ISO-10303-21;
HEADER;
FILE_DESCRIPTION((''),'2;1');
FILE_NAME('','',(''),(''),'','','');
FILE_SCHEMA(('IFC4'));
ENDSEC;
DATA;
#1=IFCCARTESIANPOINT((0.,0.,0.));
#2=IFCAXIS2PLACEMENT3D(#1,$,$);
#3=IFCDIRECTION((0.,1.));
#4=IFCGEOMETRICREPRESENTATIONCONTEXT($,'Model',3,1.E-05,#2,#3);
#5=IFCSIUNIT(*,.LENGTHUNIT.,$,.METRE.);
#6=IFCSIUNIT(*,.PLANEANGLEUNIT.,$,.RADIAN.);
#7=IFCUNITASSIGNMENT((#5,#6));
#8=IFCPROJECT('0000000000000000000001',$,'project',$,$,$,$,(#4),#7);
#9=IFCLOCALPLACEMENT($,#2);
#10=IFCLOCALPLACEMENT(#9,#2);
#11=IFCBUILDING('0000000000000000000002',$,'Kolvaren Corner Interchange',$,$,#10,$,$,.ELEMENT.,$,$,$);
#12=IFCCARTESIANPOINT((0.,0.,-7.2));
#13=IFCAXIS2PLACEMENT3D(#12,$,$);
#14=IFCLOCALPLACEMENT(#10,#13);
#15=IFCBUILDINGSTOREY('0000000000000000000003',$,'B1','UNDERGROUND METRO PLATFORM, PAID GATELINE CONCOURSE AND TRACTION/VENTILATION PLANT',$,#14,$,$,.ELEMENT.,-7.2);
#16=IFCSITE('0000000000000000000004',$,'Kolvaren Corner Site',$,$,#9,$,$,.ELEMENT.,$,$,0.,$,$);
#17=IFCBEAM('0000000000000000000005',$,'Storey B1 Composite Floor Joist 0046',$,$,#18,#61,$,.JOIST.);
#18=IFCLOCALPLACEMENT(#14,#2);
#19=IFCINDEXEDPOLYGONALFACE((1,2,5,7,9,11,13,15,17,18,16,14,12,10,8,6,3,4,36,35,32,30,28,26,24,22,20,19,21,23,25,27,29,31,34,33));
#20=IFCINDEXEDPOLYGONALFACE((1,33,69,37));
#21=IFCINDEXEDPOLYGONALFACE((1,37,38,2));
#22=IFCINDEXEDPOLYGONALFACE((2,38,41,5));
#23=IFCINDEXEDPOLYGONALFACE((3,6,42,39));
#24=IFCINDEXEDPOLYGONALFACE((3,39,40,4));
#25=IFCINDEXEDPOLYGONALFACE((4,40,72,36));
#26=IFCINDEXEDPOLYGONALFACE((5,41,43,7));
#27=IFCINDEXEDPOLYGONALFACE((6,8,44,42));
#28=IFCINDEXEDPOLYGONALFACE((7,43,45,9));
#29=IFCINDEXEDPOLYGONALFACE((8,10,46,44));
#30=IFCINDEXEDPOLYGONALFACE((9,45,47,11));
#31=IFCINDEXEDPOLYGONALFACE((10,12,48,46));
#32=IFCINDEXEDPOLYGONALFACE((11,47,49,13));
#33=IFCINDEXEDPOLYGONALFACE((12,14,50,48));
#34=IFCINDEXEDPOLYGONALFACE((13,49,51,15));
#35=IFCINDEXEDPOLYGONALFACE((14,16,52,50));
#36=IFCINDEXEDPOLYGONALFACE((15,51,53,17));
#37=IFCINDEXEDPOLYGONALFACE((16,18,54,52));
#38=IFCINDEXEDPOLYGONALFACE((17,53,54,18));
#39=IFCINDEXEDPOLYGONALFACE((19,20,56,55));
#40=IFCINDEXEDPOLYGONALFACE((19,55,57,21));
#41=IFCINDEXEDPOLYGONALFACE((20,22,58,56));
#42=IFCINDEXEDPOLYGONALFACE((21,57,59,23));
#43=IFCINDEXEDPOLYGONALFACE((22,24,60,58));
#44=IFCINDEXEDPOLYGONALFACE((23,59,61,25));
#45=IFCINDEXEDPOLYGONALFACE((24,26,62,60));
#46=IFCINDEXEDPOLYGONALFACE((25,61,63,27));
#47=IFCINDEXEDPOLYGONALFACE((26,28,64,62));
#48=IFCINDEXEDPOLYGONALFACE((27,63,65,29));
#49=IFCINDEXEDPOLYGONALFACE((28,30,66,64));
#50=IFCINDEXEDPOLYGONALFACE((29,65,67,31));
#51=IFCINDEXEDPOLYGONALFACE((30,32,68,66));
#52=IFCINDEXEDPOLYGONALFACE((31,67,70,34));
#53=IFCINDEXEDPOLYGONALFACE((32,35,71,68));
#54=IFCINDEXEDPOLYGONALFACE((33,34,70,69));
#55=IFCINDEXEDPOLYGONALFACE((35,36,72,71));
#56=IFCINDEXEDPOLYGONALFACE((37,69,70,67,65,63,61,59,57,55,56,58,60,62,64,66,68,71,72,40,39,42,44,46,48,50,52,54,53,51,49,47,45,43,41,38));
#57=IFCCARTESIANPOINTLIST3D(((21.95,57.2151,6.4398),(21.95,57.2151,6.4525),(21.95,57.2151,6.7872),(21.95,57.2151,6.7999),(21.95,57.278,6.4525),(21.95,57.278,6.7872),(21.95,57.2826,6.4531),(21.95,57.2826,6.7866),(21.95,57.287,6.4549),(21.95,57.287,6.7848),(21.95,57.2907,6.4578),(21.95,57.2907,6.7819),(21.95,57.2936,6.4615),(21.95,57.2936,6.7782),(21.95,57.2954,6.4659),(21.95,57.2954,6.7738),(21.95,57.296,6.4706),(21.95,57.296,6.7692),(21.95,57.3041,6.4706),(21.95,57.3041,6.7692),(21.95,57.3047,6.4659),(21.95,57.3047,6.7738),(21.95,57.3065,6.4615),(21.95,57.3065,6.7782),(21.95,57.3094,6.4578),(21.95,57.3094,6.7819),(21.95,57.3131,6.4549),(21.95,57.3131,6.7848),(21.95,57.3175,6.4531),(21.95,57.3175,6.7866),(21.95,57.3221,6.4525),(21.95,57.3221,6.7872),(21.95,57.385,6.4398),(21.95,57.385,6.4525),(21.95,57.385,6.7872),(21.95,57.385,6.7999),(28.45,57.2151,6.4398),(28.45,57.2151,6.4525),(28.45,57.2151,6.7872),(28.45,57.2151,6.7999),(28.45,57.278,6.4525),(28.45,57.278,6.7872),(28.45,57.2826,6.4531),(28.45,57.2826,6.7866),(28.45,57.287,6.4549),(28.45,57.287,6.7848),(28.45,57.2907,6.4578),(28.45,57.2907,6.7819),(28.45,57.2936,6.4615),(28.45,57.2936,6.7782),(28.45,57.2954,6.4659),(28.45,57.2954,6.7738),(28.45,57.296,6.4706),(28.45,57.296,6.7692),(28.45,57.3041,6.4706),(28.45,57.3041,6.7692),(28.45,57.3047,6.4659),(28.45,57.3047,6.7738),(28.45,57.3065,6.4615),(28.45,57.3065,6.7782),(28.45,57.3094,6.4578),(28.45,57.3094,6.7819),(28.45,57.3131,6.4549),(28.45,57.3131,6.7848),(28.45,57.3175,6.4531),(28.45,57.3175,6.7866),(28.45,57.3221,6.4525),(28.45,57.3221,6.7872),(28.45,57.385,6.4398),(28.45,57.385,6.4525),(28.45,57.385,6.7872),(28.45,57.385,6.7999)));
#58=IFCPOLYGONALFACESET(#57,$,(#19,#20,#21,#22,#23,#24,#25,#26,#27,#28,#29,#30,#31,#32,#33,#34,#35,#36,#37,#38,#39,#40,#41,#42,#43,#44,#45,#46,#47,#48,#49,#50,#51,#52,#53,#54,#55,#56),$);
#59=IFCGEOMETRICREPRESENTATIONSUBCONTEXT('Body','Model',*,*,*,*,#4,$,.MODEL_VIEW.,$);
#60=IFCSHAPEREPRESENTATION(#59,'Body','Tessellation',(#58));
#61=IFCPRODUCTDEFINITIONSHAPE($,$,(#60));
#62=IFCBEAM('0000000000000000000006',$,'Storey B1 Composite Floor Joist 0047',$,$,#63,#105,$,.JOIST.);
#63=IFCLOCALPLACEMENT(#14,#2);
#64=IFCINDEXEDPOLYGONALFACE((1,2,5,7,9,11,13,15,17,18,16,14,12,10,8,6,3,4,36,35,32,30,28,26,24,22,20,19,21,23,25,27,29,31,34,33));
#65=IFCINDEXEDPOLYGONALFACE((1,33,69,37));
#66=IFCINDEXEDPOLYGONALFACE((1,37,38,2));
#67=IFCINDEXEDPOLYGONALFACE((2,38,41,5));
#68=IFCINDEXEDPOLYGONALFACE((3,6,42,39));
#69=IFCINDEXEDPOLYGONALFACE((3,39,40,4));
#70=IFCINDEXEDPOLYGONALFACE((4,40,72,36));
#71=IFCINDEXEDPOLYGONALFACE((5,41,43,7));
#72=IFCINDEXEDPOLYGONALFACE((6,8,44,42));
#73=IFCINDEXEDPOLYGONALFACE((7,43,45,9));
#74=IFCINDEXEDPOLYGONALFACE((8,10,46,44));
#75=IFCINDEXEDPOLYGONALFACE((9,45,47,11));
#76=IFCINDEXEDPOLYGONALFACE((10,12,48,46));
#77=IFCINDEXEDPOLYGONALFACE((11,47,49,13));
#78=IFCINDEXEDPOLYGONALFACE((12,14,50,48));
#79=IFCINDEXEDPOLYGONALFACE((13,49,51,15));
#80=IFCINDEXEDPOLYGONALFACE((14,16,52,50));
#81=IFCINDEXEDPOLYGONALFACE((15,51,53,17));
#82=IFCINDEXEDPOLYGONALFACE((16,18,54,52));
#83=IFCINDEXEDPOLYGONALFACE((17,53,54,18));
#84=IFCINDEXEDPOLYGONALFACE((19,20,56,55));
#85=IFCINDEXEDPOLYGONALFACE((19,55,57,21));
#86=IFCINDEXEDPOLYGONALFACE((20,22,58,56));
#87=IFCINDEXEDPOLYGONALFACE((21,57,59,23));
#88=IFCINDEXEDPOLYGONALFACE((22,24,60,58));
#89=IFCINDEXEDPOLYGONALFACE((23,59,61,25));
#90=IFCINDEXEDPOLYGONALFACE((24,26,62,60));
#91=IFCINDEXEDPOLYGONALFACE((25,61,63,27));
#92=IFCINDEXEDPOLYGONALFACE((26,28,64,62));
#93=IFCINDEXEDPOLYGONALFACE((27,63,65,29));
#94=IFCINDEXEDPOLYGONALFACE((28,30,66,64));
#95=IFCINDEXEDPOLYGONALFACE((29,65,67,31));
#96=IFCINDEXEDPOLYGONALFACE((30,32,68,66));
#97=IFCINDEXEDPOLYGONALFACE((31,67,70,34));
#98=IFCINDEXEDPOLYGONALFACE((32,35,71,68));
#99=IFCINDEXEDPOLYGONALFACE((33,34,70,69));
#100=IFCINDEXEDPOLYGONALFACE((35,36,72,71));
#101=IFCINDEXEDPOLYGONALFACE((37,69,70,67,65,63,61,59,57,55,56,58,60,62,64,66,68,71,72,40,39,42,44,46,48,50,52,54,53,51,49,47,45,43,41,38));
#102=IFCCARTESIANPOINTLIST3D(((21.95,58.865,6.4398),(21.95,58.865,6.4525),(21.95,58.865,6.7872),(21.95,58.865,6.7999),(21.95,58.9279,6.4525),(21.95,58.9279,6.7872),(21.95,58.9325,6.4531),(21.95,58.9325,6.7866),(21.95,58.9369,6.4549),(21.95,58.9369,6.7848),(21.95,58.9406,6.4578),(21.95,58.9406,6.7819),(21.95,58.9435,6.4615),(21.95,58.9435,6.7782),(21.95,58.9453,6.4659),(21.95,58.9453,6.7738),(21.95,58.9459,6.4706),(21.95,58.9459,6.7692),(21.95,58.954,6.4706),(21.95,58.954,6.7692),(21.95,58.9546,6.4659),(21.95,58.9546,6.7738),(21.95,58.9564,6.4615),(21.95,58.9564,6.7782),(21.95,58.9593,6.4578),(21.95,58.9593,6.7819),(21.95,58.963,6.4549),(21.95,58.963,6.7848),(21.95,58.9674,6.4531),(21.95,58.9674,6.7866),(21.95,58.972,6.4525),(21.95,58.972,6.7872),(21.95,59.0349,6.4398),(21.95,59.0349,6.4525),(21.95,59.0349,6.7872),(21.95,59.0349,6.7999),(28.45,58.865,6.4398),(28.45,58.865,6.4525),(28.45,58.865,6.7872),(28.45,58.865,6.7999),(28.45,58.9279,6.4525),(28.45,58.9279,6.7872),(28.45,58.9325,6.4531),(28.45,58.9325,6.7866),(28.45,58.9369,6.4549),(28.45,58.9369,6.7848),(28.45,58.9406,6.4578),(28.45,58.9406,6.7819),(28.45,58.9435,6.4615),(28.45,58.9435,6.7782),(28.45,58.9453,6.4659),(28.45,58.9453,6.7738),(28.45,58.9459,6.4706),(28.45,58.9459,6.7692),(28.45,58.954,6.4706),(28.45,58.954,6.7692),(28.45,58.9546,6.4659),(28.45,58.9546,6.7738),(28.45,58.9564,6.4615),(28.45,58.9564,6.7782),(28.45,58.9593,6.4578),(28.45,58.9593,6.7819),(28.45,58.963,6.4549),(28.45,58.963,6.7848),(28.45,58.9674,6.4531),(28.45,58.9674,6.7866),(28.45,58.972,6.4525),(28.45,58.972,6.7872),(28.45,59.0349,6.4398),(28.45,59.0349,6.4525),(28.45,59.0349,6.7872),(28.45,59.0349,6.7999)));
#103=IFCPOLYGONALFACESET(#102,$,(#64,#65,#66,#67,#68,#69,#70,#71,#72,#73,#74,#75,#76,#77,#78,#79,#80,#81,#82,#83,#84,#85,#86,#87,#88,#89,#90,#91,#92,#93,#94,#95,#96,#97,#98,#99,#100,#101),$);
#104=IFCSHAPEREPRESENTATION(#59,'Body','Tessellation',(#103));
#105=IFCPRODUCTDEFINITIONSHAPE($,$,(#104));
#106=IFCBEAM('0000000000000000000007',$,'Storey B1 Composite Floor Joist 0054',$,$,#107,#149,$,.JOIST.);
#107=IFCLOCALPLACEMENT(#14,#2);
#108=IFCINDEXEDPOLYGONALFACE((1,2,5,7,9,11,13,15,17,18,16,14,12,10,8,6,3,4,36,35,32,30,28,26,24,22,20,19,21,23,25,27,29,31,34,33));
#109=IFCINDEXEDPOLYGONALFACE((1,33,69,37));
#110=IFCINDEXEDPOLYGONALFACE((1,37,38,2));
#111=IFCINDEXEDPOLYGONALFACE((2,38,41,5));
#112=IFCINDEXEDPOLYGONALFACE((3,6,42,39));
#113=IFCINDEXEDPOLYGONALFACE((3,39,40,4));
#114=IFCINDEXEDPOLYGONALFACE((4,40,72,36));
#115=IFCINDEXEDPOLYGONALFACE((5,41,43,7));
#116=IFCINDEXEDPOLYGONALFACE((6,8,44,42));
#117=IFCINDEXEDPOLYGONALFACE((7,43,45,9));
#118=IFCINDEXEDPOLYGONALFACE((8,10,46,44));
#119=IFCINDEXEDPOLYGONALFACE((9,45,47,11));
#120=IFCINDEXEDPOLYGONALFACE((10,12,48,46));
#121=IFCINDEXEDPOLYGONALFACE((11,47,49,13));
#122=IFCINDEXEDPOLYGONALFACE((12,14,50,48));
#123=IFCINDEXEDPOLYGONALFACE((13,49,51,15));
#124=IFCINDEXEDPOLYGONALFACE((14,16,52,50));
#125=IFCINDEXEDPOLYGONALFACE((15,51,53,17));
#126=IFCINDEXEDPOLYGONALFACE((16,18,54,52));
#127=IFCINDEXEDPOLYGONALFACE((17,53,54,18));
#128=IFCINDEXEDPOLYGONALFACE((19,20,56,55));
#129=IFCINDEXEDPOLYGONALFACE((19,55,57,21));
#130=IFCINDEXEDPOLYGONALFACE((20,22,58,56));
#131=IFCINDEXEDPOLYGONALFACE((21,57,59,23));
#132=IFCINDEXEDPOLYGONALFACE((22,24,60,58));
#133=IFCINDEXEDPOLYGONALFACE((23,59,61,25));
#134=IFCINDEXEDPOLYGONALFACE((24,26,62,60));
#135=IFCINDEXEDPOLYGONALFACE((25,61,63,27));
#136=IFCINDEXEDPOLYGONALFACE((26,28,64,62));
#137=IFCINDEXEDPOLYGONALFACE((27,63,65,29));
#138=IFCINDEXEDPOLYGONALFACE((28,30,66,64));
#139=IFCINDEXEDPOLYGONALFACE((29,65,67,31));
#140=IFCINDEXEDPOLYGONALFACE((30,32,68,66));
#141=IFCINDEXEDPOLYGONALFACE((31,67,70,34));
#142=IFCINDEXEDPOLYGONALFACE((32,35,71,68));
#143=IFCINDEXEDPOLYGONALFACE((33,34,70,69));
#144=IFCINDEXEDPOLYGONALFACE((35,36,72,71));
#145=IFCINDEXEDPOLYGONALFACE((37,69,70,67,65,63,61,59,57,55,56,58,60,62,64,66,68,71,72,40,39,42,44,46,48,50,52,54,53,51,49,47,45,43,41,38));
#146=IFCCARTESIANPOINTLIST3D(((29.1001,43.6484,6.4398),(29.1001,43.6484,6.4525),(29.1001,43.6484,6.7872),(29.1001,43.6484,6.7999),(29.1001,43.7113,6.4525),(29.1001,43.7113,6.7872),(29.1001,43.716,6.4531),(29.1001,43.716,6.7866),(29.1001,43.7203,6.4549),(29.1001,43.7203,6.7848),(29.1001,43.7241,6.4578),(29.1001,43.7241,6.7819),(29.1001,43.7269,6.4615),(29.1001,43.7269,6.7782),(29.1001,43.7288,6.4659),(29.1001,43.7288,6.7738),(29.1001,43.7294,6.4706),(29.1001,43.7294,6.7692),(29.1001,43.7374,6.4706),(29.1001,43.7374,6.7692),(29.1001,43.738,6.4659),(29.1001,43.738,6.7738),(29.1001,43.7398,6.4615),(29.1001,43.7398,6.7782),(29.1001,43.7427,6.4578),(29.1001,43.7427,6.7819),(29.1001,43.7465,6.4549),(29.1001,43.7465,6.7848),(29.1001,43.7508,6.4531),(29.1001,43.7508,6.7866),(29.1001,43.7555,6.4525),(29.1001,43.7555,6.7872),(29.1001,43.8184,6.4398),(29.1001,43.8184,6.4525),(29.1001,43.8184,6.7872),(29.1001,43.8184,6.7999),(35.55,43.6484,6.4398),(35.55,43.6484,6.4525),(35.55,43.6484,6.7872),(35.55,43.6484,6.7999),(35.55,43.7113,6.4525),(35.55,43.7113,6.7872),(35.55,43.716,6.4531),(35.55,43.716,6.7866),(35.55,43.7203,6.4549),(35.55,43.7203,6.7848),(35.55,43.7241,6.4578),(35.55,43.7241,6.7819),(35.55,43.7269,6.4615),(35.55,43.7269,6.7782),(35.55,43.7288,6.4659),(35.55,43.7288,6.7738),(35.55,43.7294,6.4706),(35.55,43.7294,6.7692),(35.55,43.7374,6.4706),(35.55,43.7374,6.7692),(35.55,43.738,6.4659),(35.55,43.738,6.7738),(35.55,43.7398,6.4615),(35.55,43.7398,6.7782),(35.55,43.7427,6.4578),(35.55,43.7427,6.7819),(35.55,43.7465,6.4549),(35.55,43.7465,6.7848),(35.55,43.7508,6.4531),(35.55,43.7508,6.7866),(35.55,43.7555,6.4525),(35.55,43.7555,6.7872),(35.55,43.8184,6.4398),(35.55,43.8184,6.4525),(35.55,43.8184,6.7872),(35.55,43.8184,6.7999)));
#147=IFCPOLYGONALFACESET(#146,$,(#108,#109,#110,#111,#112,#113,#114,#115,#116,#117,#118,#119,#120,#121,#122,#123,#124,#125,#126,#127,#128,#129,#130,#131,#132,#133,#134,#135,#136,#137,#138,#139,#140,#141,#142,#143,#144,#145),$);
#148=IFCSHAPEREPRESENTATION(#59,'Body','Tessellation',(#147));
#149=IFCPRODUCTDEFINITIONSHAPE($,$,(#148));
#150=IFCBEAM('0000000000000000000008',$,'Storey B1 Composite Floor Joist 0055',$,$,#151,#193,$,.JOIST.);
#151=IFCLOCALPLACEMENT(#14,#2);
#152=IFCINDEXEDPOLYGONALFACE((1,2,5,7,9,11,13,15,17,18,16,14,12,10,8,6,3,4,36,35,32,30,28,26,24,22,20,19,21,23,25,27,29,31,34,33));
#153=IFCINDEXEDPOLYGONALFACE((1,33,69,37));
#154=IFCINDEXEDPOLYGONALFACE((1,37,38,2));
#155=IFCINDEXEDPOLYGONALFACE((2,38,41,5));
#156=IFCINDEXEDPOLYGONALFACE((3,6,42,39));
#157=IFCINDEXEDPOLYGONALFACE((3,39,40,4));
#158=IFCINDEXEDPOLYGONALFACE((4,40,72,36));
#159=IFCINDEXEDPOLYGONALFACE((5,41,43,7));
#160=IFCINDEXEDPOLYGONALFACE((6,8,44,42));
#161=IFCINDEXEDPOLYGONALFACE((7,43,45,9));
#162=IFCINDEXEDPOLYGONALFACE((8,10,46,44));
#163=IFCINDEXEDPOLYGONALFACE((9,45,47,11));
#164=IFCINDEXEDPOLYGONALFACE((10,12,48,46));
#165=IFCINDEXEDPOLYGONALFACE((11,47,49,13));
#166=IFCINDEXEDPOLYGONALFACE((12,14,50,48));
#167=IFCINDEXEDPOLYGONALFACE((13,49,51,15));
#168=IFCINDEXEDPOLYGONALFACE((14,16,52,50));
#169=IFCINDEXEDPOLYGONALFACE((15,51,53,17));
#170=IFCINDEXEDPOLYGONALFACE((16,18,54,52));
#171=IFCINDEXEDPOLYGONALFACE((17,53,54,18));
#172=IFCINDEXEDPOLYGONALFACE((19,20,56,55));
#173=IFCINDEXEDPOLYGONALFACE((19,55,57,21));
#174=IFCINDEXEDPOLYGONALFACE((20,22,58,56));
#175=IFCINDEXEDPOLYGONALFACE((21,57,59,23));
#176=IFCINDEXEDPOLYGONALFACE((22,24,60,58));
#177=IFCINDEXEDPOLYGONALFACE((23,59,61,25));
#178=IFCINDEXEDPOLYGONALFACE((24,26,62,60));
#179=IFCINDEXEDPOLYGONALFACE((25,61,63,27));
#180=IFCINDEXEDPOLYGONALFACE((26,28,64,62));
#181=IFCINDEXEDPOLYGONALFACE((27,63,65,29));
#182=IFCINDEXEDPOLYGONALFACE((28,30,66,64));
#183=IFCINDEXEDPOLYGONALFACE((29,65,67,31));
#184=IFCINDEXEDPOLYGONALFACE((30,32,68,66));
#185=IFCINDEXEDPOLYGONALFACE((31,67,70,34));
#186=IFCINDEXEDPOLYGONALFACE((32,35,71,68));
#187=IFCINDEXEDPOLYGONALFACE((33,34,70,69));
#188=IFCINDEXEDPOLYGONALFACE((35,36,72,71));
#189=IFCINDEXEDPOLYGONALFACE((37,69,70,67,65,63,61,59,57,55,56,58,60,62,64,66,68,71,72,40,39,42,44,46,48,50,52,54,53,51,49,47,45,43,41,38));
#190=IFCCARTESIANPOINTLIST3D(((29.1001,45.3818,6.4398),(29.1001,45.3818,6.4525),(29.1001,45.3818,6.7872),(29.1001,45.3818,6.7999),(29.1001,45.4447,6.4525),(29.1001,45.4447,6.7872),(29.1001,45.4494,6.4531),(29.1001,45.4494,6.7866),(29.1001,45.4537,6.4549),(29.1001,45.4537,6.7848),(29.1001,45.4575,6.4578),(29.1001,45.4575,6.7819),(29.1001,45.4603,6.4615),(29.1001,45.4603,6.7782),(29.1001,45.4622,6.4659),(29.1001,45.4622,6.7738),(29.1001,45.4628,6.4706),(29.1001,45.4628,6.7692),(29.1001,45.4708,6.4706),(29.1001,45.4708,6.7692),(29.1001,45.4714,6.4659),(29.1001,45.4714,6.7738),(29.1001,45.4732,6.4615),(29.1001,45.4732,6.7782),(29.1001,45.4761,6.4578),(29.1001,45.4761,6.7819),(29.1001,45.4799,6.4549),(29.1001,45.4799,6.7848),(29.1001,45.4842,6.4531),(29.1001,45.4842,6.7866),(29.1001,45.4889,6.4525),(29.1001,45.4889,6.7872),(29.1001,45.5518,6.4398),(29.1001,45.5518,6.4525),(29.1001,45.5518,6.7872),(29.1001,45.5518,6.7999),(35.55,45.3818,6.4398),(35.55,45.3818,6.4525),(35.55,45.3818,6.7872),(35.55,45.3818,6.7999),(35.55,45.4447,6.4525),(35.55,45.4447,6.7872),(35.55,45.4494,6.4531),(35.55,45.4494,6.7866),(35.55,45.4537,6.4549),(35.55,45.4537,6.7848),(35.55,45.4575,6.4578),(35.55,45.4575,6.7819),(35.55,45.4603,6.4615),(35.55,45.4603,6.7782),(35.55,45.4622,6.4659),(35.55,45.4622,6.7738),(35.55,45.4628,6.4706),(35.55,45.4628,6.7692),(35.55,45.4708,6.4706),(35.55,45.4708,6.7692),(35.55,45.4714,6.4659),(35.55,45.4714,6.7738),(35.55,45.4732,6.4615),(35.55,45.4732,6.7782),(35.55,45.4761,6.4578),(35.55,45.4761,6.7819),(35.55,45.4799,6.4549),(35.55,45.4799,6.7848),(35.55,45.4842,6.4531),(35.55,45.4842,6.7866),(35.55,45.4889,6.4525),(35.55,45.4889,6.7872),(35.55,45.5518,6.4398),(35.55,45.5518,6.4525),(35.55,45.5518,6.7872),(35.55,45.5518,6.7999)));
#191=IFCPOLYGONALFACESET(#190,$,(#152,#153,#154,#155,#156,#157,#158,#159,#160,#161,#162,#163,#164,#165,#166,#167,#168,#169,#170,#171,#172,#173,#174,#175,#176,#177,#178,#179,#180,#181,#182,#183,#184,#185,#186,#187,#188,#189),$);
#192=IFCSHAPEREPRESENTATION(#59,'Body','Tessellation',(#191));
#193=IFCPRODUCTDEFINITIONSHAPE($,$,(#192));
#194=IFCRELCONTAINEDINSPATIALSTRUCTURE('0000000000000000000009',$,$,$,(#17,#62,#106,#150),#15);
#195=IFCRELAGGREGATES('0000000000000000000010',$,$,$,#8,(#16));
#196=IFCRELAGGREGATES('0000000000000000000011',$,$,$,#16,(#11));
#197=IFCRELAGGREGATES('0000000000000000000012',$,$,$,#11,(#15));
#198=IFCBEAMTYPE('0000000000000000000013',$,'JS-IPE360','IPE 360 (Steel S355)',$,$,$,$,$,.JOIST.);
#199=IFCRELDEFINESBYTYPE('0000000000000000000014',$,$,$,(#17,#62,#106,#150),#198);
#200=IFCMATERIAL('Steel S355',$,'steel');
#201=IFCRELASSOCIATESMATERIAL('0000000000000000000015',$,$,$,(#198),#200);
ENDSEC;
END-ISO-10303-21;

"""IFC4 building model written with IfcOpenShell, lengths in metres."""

from ifc_helpers import new_model, si_unit, direction, frame, origin, origin_2d, place, context, subcontext, project, spatial, i_section, extrude, material, material_profile, profile_set, type_object, element, save


model = new_model("IFC4")

# Units and contexts
model_context = context("Model", 3, precision=1e-05, world=origin(), true_north=direction((0.0, 1.0)))
body_context = subcontext(model_context, "Body", "Model", "MODEL_VIEW")
ifc_project = project(units=[si_unit("LENGTHUNIT", "METRE"), si_unit("PLANEANGLEUNIT", "RADIAN")], contexts=[model_context])

# Site, building, storey
site_placement = place(None, origin())
site = spatial("IfcSite", under=ifc_project, at=site_placement, Name="Kolvaren Corner Site", CompositionType="ELEMENT", RefElevation=0.0)
building_placement = place(site_placement, origin())
building = spatial("IfcBuilding", under=site, at=building_placement, Name="Kolvaren Corner Interchange", CompositionType="ELEMENT")
storey_placement = place(building_placement, frame((0.0, 0.0, -7.2)))
storey = spatial("IfcBuildingStorey", under=building, at=storey_placement, Name="B1", Description="UNDERGROUND METRO PLATFORM, PAID GATELINE CONCOURSE AND TRACTION/VENTILATION PLANT", CompositionType="ELEMENT", Elevation=-7.2)

# Beams
ifc_material_1 = material(Name="Steel S355", Category="steel")
ifc_material_profile_1 = material_profile(ifc_material_1, i_section(OverallWidth=0.1699, OverallDepth=0.3601, WebThickness=0.0081, FlangeThickness=0.0127, FilletRadius=0.0181, at=origin_2d()), Name="IPE 360")
ifc_profile_set_1 = profile_set([ifc_material_profile_1], Name="Steel S355")
beam_type_1 = type_object("IfcBeamType", Name="JS-IPE360", Description="IPE 360 (Steel S355)", PredefinedType="JOIST", material=ifc_profile_set_1)
for number, where, z_axis, x_axis, name in (
    (1, (21.95, 57.3, 6.6199), (1.0, 0.0, 0.0), (0.0, 1.0, 0.0), "Storey B1 Composite Floor Joist 0046"),
    (2, (21.95, 58.95, 6.6199), (1.0, 0.0, 0.0), (0.0, 1.0, 0.0), "Storey B1 Composite Floor Joist 0047"),
):
    element("IfcBeam", number, at=place(storey_placement, frame(where, z_axis=z_axis, x_axis=x_axis)), inside=storey, type_object=beam_type_1, Name=name, PredefinedType="JOIST", context=body_context, shape_type="SweptSolid", body=[
        extrude(i_section(OverallWidth=0.1699, OverallDepth=0.3601, WebThickness=0.0081, FlangeThickness=0.0127, FilletRadius=0.0181, at=origin_2d()), origin(), (0.0, 0.0, 1.0), 6.5),
    ])
for number, where, z_axis, x_axis, name in (
    (3, (29.1001, 43.7334, 6.6199), (1.0, 0.0, 0.0), (0.0, 1.0, 0.0), "Storey B1 Composite Floor Joist 0054"),
    (4, (29.1001, 45.4668, 6.6199), (1.0, 0.0, 0.0), (0.0, 1.0, 0.0), "Storey B1 Composite Floor Joist 0055"),
):
    element("IfcBeam", number, at=place(storey_placement, frame(where, z_axis=z_axis, x_axis=x_axis)), inside=storey, type_object=beam_type_1, Name=name, PredefinedType="JOIST", context=body_context, shape_type="SweptSolid", body=[
        extrude(i_section(OverallWidth=0.1699, OverallDepth=0.3601, WebThickness=0.0081, FlangeThickness=0.0127, FilletRadius=0.0181, at=origin_2d()), origin(), (0.0, 0.0, 1.0), 6.45),
    ])

save(model, "model.ifc")
